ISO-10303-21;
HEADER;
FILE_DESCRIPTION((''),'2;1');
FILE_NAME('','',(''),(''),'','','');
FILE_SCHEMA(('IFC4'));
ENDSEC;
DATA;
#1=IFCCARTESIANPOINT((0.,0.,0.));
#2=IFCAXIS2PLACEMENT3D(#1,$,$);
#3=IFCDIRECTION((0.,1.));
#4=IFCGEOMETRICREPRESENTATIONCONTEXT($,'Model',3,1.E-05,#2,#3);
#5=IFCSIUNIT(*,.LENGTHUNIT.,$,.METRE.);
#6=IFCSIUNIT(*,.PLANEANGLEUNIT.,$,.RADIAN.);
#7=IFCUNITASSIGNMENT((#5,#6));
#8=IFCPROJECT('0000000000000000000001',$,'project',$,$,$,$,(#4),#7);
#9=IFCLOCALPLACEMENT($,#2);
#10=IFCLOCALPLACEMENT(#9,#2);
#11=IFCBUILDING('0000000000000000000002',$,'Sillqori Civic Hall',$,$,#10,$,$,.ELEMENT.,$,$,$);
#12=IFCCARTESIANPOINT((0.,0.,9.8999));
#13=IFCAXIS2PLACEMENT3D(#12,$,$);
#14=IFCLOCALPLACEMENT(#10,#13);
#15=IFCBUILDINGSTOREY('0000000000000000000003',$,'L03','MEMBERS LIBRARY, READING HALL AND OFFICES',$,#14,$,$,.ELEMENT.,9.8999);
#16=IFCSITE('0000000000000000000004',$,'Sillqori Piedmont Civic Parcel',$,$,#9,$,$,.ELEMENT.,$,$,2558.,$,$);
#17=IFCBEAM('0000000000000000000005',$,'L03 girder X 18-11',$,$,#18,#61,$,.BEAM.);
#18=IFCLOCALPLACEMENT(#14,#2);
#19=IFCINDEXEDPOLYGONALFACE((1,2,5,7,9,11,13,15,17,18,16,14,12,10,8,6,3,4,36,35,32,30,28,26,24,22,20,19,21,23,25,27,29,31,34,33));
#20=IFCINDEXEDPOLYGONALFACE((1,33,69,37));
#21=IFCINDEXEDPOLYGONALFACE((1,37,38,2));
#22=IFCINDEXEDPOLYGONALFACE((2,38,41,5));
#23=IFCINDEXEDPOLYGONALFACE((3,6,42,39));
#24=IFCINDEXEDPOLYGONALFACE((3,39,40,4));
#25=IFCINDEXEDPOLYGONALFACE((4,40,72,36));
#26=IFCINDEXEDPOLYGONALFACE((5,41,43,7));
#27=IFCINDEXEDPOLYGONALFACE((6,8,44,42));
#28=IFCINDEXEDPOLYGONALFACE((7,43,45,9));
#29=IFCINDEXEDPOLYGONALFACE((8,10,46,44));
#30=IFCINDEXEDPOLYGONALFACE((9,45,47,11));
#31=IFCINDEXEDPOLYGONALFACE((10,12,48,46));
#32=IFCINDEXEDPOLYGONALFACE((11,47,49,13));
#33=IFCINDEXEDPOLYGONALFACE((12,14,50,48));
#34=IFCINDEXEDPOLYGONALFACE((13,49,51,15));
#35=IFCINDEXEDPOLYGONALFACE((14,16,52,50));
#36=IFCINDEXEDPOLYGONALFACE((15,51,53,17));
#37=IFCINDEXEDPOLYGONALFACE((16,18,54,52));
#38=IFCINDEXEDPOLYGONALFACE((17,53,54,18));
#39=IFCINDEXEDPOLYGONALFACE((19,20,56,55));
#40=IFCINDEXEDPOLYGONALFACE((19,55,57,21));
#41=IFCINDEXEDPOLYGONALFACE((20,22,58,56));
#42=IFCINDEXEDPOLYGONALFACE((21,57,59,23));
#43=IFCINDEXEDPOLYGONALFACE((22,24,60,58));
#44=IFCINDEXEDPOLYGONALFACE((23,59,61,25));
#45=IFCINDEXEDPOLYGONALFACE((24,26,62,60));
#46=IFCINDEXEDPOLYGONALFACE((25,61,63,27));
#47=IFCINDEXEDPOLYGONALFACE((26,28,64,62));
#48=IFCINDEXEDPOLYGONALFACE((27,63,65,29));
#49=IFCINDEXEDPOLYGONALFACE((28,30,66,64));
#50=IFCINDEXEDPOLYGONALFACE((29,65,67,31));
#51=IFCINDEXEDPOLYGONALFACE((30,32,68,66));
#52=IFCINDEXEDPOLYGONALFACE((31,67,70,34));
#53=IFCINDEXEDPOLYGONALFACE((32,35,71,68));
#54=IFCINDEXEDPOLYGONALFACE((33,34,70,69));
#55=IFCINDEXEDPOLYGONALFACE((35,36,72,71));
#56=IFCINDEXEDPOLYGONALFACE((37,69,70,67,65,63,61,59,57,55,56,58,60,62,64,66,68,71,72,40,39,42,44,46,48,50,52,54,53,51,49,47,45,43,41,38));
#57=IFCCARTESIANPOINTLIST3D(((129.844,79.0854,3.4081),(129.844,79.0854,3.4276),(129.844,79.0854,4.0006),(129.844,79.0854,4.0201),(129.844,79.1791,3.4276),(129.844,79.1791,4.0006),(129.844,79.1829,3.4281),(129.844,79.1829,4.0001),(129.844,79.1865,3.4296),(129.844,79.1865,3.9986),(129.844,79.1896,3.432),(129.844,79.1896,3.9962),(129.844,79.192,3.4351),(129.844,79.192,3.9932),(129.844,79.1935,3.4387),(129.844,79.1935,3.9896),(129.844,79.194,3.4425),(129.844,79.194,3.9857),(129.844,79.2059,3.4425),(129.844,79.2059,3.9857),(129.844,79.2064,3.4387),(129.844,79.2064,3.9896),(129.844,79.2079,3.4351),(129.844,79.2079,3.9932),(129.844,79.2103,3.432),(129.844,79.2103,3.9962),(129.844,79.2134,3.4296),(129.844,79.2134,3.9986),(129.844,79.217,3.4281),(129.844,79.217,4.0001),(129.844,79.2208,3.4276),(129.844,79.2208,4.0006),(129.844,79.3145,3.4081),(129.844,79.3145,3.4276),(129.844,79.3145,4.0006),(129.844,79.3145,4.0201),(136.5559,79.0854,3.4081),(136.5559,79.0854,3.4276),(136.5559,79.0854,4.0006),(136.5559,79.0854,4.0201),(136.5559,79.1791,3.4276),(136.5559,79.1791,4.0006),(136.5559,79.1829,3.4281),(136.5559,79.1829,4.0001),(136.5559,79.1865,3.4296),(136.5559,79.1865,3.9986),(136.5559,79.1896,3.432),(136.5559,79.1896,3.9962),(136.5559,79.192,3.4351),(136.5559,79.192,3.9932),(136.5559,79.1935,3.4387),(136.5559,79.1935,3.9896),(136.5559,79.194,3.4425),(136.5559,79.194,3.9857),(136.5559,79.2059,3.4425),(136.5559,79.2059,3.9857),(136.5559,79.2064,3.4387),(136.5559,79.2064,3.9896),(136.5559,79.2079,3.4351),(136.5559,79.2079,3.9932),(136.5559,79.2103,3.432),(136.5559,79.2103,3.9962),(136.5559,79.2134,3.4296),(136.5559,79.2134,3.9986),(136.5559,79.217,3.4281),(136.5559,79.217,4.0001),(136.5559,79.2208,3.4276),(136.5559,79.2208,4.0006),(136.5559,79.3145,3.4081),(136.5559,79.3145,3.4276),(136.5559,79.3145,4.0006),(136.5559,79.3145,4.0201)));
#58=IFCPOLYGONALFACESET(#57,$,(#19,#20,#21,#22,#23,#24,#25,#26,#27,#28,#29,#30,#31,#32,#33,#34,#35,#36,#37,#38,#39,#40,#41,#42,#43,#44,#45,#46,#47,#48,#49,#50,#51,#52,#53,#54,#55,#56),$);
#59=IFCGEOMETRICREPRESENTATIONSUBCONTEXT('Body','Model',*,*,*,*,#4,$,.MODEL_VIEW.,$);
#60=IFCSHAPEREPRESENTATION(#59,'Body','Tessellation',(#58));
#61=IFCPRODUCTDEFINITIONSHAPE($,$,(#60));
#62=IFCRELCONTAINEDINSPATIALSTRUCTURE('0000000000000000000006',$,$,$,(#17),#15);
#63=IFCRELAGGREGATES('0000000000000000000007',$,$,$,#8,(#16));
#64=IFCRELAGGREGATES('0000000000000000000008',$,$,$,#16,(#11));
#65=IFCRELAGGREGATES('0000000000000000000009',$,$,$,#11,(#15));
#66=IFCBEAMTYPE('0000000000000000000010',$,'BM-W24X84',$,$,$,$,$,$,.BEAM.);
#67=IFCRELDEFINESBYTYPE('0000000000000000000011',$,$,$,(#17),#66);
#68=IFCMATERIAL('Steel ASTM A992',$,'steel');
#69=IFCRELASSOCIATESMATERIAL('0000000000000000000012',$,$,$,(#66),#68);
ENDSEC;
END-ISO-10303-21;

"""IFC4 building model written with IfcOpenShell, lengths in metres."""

from ifc_helpers import new_model, si_unit, direction, frame, origin, origin_2d, place, context, subcontext, project, spatial, i_section, extrude, material, material_profile, profile_set, type_object, element, save


model = new_model("IFC4")

# Units and contexts
model_context = context("Model", 3, precision=1e-05, world=origin(), true_north=direction((0.0, 1.0)))
body_context = subcontext(model_context, "Body", "Model", "MODEL_VIEW")
ifc_project = project(units=[si_unit("LENGTHUNIT", "METRE"), si_unit("PLANEANGLEUNIT", "RADIAN")], contexts=[model_context])

# Site, building, storey
site_placement = place(None, origin())
site = spatial("IfcSite", under=ifc_project, at=site_placement, Name="Sillqori Piedmont Civic Parcel", CompositionType="ELEMENT", RefElevation=2558.0)
building_placement = place(site_placement, origin())
building = spatial("IfcBuilding", under=site, at=building_placement, Name="Sillqori Civic Hall", CompositionType="ELEMENT")
storey_placement = place(building_placement, frame((0.0, 0.0, 9.8999)))
storey = spatial("IfcBuildingStorey", under=building, at=storey_placement, Name="L03", Description="MEMBERS LIBRARY, READING HALL AND OFFICES", CompositionType="ELEMENT", Elevation=9.8999)

# Beam
ifc_material_1 = material(Name="Steel ASTM A992", Category="steel")
ifc_material_profile_1 = material_profile(ifc_material_1, i_section(OverallWidth=0.229, OverallDepth=0.6121, WebThickness=0.012, FlangeThickness=0.0195, FilletRadius=0.0149, at=origin_2d()), Name="W24X84")
ifc_profile_set_1 = profile_set([ifc_material_profile_1], Name="Steel ASTM A992")
beam_type = type_object("IfcBeamType", Name="BM-W24X84", PredefinedType="BEAM", material=ifc_profile_set_1)
beam_placement = place(storey_placement, frame((129.844, 79.2, 3.7141), z_axis=(1.0, 0.0, 0.0), x_axis=(0.0, 1.0, 0.0)))
element("IfcBeam", 1, at=beam_placement, inside=storey, type_object=beam_type, Name="L03 girder X 18-11", PredefinedType="BEAM", context=body_context, shape_type="SweptSolid", body=[
    extrude(i_section(OverallWidth=0.229, OverallDepth=0.6121, WebThickness=0.012, FlangeThickness=0.0195, FilletRadius=0.0149, at=origin_2d()), origin(), (0.0, 0.0, 1.0), 6.7119),
])

save(model, "model.ifc")
